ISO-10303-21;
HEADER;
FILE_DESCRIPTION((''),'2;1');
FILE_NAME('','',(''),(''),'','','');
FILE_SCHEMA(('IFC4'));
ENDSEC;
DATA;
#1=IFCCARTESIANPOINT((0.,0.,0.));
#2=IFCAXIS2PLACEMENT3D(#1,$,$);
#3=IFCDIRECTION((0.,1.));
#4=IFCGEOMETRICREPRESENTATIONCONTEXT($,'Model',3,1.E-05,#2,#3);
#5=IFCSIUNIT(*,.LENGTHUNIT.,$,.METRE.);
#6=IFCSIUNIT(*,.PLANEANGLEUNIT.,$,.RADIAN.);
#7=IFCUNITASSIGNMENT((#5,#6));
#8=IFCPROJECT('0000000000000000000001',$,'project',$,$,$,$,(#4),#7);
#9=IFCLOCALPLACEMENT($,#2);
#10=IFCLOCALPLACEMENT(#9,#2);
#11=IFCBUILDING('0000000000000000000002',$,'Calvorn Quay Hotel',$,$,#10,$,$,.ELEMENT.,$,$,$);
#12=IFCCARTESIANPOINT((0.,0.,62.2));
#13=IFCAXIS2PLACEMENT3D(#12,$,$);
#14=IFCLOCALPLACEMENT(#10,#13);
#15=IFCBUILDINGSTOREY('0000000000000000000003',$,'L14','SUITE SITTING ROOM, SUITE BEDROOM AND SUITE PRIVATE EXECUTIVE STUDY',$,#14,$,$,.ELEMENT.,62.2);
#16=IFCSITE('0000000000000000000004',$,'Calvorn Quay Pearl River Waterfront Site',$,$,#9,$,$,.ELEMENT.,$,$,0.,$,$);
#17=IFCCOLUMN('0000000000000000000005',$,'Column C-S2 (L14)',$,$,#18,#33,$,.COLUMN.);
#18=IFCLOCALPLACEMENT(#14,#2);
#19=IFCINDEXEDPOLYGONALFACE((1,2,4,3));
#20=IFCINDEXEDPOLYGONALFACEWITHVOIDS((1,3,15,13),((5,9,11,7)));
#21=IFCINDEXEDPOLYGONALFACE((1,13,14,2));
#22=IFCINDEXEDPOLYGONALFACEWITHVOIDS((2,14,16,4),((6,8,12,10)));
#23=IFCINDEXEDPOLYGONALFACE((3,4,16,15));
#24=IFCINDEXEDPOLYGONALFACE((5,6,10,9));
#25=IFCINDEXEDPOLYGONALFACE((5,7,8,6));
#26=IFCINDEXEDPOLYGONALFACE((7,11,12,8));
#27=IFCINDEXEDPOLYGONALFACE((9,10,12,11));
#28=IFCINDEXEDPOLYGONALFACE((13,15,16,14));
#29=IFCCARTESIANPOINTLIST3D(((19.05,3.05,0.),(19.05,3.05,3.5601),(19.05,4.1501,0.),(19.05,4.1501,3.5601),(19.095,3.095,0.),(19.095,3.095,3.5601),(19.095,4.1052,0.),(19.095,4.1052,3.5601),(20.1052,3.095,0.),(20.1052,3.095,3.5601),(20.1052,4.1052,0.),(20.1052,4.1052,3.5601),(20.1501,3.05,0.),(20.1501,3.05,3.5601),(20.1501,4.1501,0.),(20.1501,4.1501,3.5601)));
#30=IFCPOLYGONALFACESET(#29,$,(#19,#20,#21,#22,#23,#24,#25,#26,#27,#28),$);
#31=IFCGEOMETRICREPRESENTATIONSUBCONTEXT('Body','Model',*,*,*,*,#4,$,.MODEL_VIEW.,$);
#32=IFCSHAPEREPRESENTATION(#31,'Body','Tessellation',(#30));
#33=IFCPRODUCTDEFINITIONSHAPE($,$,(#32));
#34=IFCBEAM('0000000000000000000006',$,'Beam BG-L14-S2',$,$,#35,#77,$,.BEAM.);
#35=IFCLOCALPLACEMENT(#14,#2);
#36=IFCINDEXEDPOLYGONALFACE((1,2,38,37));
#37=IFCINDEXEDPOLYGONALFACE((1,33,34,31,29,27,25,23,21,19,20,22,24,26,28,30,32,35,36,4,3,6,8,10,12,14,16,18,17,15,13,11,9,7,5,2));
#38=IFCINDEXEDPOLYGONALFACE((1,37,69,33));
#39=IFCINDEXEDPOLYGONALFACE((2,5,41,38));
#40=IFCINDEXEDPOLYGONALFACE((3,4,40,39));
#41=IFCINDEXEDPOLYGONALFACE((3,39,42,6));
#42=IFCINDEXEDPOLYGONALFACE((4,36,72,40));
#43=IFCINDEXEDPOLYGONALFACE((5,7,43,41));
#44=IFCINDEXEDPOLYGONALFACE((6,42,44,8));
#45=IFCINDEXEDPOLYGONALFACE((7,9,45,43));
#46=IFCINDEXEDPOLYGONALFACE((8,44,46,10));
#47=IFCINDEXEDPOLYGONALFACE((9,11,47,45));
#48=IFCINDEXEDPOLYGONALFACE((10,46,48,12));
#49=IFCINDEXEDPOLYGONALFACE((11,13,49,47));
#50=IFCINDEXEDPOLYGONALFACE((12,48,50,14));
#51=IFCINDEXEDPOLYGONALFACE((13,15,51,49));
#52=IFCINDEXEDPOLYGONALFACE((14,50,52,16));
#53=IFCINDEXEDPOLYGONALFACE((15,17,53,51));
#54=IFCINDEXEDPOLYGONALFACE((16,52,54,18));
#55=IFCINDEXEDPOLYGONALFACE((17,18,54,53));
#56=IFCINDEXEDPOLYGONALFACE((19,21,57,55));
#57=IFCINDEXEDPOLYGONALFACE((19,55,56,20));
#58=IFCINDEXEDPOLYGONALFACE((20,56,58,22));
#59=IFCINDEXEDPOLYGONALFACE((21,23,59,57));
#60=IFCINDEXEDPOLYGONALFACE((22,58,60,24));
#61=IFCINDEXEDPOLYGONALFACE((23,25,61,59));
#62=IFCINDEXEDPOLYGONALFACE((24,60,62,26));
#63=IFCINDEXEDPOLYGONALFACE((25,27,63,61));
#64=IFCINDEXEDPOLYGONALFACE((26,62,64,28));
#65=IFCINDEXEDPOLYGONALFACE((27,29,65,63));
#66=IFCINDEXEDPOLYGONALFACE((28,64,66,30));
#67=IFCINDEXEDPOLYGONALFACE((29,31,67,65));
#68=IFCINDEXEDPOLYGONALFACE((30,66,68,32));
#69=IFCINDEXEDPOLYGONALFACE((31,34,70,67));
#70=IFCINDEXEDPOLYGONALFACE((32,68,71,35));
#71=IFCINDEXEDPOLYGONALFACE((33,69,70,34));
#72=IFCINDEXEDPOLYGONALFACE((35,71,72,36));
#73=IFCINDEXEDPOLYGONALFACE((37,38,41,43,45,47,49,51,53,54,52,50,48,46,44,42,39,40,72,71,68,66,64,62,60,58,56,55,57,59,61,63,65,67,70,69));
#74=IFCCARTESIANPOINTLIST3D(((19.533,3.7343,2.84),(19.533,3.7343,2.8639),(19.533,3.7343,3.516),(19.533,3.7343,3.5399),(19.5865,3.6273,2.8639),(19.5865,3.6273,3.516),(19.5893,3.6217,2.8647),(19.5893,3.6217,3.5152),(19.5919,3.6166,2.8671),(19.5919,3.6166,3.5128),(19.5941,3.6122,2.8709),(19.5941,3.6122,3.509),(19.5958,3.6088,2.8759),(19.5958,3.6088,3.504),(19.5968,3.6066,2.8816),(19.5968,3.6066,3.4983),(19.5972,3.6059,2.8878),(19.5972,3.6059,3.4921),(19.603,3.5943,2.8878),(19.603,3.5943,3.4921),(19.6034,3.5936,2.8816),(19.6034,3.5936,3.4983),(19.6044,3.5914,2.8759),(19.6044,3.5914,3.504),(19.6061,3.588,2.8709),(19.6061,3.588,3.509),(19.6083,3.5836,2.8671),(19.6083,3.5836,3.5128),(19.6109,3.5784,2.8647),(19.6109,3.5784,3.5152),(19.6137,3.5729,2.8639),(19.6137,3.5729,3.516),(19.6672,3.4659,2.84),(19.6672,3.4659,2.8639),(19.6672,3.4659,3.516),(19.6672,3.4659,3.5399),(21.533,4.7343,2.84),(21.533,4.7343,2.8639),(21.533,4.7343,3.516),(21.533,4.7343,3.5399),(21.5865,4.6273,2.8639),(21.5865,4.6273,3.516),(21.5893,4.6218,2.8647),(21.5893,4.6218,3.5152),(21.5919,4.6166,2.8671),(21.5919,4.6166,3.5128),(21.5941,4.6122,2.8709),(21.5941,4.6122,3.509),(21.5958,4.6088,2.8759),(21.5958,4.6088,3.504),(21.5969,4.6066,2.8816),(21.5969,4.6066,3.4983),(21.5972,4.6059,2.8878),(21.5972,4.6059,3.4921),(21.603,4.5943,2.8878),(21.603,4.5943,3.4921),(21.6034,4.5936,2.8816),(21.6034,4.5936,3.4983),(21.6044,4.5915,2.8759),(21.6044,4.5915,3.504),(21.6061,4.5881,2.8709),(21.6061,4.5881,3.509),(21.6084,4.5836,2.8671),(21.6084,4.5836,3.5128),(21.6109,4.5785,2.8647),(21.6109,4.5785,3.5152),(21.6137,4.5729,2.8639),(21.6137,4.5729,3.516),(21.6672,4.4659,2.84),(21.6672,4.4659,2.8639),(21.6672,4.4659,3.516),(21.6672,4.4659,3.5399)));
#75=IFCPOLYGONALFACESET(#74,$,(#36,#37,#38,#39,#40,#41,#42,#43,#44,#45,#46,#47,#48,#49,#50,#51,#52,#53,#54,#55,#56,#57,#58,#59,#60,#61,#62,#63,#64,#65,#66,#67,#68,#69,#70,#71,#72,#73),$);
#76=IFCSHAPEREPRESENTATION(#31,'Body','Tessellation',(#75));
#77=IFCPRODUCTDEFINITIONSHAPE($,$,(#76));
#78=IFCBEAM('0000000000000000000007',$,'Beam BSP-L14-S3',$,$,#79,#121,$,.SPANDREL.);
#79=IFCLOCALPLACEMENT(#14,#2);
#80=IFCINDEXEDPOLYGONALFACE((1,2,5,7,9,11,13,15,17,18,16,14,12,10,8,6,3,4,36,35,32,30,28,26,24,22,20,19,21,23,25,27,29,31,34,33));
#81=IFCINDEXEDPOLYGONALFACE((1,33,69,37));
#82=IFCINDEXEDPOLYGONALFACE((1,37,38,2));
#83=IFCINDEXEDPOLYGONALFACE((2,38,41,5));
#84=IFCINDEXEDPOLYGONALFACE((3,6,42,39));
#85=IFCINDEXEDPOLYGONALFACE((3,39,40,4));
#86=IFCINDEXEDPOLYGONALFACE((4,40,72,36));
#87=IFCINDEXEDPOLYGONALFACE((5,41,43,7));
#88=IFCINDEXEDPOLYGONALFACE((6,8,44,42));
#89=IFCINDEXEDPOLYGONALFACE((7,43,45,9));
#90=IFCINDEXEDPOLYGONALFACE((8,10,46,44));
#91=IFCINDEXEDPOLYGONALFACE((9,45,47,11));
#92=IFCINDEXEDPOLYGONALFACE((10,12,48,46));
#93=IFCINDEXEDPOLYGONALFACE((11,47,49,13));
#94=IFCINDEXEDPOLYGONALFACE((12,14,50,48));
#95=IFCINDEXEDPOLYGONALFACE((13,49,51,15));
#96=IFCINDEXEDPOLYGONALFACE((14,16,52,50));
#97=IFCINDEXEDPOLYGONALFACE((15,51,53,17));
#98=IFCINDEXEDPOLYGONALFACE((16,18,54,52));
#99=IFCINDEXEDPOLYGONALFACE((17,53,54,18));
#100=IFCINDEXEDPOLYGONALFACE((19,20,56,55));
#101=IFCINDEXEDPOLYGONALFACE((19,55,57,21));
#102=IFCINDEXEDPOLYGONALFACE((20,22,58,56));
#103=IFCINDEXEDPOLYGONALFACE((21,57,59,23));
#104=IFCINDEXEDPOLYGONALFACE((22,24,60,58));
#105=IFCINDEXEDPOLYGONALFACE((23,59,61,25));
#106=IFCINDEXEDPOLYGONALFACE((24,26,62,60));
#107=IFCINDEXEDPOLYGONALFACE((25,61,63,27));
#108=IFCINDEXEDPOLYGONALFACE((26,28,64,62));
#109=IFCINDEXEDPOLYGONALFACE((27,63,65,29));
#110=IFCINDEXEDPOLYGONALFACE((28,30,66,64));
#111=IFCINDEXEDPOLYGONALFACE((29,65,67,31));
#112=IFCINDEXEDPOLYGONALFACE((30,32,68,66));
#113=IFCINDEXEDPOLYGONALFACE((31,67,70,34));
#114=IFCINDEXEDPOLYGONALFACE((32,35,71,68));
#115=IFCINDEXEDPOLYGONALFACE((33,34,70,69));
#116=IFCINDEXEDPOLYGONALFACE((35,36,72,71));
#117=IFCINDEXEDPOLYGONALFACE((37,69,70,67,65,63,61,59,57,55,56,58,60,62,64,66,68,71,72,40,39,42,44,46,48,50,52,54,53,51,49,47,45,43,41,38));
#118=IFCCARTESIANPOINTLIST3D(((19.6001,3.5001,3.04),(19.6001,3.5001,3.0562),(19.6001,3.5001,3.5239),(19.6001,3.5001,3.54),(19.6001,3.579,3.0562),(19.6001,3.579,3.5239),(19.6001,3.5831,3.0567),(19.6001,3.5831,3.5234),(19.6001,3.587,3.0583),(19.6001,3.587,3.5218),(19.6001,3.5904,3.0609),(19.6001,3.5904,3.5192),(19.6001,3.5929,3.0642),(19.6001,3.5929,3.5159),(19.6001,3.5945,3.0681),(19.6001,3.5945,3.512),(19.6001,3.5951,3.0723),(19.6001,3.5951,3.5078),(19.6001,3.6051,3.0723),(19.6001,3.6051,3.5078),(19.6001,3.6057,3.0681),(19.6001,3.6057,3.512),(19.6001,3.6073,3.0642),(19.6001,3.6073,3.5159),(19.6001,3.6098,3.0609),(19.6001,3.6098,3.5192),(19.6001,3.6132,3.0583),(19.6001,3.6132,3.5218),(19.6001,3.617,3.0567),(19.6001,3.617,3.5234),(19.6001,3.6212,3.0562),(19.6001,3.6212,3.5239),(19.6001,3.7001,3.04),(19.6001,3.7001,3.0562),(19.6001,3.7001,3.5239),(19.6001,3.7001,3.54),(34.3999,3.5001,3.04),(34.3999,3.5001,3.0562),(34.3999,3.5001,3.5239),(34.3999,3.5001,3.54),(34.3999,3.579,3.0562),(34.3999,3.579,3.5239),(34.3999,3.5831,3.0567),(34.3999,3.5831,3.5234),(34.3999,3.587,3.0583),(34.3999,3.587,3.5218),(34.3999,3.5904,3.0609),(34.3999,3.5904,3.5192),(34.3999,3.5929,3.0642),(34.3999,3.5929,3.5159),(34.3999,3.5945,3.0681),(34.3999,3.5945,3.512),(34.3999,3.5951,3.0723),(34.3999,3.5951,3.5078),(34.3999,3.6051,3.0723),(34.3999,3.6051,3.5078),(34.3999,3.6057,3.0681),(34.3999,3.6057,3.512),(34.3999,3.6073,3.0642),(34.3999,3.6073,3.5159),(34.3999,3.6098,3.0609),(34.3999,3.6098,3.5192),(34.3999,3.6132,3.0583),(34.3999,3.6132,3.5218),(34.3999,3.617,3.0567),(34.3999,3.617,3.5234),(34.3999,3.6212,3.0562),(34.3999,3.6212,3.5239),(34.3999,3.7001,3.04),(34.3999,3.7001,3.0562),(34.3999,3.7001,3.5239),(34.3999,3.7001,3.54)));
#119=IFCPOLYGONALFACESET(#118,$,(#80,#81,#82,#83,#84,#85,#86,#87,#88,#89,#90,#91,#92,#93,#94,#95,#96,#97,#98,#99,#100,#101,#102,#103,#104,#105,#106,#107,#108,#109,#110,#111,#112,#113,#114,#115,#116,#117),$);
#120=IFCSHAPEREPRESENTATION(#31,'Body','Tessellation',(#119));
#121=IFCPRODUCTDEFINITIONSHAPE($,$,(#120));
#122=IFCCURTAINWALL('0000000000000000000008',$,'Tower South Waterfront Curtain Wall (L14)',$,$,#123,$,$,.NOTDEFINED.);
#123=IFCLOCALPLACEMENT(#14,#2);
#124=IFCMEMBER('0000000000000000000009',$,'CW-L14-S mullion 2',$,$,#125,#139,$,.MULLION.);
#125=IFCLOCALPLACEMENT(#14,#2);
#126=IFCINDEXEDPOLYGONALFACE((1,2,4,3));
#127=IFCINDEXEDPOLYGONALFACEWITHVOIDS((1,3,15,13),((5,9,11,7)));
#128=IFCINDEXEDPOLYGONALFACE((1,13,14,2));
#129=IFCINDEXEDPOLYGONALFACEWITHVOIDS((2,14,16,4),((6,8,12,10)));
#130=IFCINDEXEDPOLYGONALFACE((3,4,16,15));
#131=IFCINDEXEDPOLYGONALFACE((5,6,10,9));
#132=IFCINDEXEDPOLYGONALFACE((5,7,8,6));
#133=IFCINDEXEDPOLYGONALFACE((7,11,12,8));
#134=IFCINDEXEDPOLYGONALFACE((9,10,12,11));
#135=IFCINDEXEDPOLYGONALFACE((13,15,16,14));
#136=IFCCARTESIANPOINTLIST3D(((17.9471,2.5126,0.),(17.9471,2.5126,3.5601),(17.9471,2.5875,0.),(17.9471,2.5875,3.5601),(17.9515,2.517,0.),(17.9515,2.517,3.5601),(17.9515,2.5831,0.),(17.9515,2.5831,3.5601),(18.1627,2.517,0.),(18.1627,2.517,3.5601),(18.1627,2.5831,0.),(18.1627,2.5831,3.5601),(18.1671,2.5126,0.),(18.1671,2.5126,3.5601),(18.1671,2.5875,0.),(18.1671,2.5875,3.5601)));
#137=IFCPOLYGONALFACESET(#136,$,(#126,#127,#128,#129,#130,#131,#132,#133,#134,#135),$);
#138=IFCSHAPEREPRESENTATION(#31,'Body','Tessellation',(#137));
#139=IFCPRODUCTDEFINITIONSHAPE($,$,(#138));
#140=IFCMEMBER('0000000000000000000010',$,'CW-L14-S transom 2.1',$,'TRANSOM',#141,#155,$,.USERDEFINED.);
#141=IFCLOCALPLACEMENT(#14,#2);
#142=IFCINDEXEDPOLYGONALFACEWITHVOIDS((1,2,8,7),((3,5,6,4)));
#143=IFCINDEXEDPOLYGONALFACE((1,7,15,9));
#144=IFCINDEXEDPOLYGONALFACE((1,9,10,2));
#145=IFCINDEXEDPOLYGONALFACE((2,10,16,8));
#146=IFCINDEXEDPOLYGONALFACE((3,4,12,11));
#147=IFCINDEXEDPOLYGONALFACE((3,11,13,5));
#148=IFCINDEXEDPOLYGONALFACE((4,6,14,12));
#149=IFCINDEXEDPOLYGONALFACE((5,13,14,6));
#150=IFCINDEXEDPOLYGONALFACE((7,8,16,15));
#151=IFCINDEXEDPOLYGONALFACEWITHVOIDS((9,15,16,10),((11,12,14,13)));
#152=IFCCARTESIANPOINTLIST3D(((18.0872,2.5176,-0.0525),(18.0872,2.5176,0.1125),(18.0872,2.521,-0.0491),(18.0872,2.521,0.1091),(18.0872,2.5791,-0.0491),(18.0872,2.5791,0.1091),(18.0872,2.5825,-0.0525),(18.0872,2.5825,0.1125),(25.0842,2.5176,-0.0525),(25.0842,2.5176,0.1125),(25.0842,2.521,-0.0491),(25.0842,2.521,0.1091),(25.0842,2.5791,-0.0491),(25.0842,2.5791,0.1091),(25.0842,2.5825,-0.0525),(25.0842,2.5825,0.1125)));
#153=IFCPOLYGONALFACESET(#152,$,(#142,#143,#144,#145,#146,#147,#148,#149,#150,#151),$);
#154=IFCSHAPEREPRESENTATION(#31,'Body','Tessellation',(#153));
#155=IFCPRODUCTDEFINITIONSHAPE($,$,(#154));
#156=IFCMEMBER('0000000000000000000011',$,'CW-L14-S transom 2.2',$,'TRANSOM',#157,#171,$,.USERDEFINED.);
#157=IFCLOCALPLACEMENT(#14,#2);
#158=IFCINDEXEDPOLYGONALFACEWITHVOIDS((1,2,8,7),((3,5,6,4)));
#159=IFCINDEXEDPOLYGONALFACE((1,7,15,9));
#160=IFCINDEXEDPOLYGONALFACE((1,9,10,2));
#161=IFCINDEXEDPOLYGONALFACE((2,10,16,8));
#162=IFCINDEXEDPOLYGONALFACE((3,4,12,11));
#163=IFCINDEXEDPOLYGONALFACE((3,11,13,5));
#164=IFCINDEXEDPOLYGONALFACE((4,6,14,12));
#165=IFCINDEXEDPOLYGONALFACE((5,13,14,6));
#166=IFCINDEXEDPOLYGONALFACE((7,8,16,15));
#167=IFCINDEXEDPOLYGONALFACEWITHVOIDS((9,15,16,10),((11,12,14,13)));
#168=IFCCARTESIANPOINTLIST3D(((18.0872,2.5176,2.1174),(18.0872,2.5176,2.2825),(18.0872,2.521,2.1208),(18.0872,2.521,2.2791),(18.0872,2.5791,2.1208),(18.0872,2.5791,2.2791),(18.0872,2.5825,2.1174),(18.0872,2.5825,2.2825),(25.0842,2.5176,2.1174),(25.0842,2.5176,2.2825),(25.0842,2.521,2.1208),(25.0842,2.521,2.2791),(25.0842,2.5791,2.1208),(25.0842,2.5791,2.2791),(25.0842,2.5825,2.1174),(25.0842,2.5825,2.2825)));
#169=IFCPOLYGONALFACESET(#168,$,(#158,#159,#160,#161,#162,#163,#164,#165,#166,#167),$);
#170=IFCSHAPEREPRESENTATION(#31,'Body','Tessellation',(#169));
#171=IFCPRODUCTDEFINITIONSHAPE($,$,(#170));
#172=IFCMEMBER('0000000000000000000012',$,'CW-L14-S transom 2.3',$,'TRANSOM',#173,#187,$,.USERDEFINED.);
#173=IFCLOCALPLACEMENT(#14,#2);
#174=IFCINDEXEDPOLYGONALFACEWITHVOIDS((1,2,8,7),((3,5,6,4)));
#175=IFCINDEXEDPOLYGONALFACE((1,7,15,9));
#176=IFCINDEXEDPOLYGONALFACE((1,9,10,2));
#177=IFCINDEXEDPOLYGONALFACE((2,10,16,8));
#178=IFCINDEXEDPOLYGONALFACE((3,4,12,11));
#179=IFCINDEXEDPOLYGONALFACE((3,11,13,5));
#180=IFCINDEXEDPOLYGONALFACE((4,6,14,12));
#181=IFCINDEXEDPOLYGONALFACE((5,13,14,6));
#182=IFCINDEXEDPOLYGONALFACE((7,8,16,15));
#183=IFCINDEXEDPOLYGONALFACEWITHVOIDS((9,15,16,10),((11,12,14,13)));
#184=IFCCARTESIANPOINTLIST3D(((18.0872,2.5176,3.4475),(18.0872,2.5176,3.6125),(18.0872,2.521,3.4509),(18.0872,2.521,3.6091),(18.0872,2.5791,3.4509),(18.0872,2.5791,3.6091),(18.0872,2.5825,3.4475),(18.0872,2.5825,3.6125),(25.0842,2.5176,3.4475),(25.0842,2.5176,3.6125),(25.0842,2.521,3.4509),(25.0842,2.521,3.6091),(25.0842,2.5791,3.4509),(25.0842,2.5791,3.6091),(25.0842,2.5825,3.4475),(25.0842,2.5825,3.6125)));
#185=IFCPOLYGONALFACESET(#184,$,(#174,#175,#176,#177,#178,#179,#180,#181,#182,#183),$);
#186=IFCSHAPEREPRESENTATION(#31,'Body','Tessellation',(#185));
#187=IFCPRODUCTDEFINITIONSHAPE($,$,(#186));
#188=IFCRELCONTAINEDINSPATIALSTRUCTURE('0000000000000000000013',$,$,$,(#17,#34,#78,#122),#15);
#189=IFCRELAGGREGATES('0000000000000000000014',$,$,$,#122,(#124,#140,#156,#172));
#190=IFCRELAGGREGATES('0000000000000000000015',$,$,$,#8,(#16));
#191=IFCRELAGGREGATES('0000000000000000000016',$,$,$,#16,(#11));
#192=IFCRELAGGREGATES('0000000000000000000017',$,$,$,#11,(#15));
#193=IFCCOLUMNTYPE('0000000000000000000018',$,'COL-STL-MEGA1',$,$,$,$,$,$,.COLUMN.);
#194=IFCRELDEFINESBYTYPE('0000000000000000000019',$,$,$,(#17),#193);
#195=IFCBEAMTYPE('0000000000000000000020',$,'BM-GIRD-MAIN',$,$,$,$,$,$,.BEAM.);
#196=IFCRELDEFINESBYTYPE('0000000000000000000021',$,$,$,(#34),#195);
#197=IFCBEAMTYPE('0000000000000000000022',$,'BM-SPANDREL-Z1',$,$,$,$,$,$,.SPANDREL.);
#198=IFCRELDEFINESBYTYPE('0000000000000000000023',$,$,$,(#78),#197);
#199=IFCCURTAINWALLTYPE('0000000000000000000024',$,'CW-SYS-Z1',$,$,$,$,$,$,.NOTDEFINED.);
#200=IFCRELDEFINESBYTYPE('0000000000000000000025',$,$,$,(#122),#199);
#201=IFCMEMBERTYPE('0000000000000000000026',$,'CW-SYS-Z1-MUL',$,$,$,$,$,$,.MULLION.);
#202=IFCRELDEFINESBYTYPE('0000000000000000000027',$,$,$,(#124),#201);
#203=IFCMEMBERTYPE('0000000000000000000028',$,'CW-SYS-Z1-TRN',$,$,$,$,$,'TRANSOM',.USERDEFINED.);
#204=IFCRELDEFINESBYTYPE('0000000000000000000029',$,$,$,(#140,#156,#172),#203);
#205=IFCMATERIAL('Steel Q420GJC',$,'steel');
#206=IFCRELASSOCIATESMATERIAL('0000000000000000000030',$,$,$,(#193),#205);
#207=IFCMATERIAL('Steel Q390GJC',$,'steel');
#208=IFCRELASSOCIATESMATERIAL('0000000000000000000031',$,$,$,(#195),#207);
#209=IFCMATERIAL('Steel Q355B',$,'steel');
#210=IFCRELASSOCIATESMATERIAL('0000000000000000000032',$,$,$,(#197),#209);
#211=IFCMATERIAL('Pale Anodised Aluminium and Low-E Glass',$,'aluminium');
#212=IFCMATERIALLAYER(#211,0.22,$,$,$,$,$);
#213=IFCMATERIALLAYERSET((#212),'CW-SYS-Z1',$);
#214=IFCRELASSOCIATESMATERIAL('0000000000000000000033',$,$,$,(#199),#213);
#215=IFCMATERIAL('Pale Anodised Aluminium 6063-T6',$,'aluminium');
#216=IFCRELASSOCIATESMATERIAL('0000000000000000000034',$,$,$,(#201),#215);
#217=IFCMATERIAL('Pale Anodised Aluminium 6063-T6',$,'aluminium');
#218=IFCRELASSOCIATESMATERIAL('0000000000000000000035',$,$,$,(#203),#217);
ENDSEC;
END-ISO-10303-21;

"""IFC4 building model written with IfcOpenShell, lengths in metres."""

from ifc_helpers import new_model, si_unit, direction, frame, origin, origin_2d, place, context, subcontext, project, spatial, hollow_rectangle, i_section, extrude, material, layer, layer_set, material_profile, profile_set, type_object, element, aggregate, save


model = new_model("IFC4")

# Units and contexts
model_context = context("Model", 3, precision=1e-05, world=origin(), true_north=direction((0.0, 1.0)))
body_context = subcontext(model_context, "Body", "Model", "MODEL_VIEW")
ifc_project = project(units=[si_unit("LENGTHUNIT", "METRE"), si_unit("PLANEANGLEUNIT", "RADIAN")], contexts=[model_context])

# Site, building, storey
site_placement = place(None, origin())
site = spatial("IfcSite", under=ifc_project, at=site_placement, Name="Calvorn Quay Pearl River Waterfront Site", CompositionType="ELEMENT", RefElevation=0.0)
building_placement = place(site_placement, origin())
building = spatial("IfcBuilding", under=site, at=building_placement, Name="Calvorn Quay Hotel", CompositionType="ELEMENT")
storey_placement = place(building_placement, frame((0.0, 0.0, 62.2)))
storey = spatial("IfcBuildingStorey", under=building, at=storey_placement, Name="L14", Description="SUITE SITTING ROOM, SUITE BEDROOM AND SUITE PRIVATE EXECUTIVE STUDY", CompositionType="ELEMENT", Elevation=62.2)

# Column
ifc_material_1 = material(Name="Steel Q420GJC", Category="steel")
ifc_material_profile_1 = material_profile(ifc_material_1, hollow_rectangle(XDim=1.1001, YDim=1.1001, WallThickness=0.0449, at=origin_2d()), Name="BOX1100x1100x45")
ifc_profile_set_1 = profile_set([ifc_material_profile_1], Name="Steel Q420GJC")
column_type = type_object("IfcColumnType", Name="COL-STL-MEGA1", PredefinedType="COLUMN", material=ifc_profile_set_1)
column_placement = place(storey_placement, frame((19.6001, 3.6001, 0.0), z_axis=(0.0, 0.0, 1.0), x_axis=(1.0, 0.0, 0.0)))
element("IfcColumn", 1, at=column_placement, inside=storey, type_object=column_type, Name="Column C-S2 (L14)", PredefinedType="COLUMN", context=body_context, shape_type="SweptSolid", body=[
    extrude(hollow_rectangle(XDim=1.1001, YDim=1.1001, WallThickness=0.0449, at=origin_2d()), origin(), (0.0, 0.0, 1.0), 3.5601),
])

# Beams
ifc_material_2 = material(Name="Steel Q390GJC", Category="steel")
ifc_material_profile_2 = material_profile(ifc_material_2, i_section(OverallWidth=0.3, OverallDepth=0.7, WebThickness=0.0129, FlangeThickness=0.0239, FilletRadius=0.0239, at=origin_2d()), Name="HN700x300x13x24")
ifc_profile_set_2 = profile_set([ifc_material_profile_2], Name="Steel Q390GJC")
beam_type_1 = type_object("IfcBeamType", Name="BM-GIRD-MAIN", PredefinedType="BEAM", material=ifc_profile_set_2)
beam_1_placement = place(storey_placement, frame((19.6001, 3.6001, 3.1899), z_axis=(0.894427, 0.447214, 0.0), x_axis=(-0.447214, 0.894427, 0.0)))
element("IfcBeam", 2, at=beam_1_placement, inside=storey, type_object=beam_type_1, Name="Beam BG-L14-S2", PredefinedType="BEAM", context=body_context, shape_type="SweptSolid", body=[
    extrude(i_section(OverallWidth=0.3, OverallDepth=0.7, WebThickness=0.0129, FlangeThickness=0.0239, FilletRadius=0.0239, at=origin_2d()), origin(), (0.0, 0.0, 1.0), 2.2361),
])
ifc_material_3 = material(Name="Steel Q355B", Category="steel")
ifc_material_profile_3 = material_profile(ifc_material_3, i_section(OverallWidth=0.2, OverallDepth=0.5, WebThickness=0.01, FlangeThickness=0.0161, FilletRadius=0.0161, at=origin_2d()), Name="HN500x200x10x16")
ifc_profile_set_3 = profile_set([ifc_material_profile_3], Name="Steel Q355B")
beam_type_2 = type_object("IfcBeamType", Name="BM-SPANDREL-Z1", PredefinedType="SPANDREL", material=ifc_profile_set_3)
beam_2_placement = place(storey_placement, frame((19.6001, 3.6001, 3.29), z_axis=(1.0, 0.0, 0.0), x_axis=(0.0, 1.0, 0.0)))
element("IfcBeam", 3, at=beam_2_placement, inside=storey, type_object=beam_type_2, Name="Beam BSP-L14-S3", PredefinedType="SPANDREL", context=body_context, shape_type="SweptSolid", body=[
    extrude(i_section(OverallWidth=0.2, OverallDepth=0.5, WebThickness=0.01, FlangeThickness=0.0161, FilletRadius=0.0161, at=origin_2d()), origin(), (0.0, 0.0, 1.0), 14.7998),
])

# Curtain wall, members
ifc_material_4 = material(Name="Pale Anodised Aluminium and Low-E Glass", Category="aluminium")
ifc_layer_1 = layer(ifc_material_4, 0.22)
ifc_layer_set_1 = layer_set([ifc_layer_1], Name="CW-SYS-Z1")
curtain_wall_type = type_object("IfcCurtainWallType", Name="CW-SYS-Z1", PredefinedType="NOTDEFINED", material=ifc_layer_set_1)
curtain_wall_placement = place(storey_placement, origin())
curtain_wall = element("IfcCurtainWall", 4, at=curtain_wall_placement, inside=storey, type_object=curtain_wall_type, Name="Tower South Waterfront Curtain Wall (L14)", PredefinedType="NOTDEFINED")
ifc_material_5 = material(Name="Pale Anodised Aluminium 6063-T6", Category="aluminium")
ifc_material_profile_4 = material_profile(ifc_material_5, hollow_rectangle(XDim=0.075, YDim=0.22, WallThickness=0.0044, at=origin_2d()), Name="ALU-M220x75x4.5")
ifc_profile_set_4 = profile_set([ifc_material_profile_4], Name="Pale Anodised Aluminium 6063-T6")
member_type_1 = type_object("IfcMemberType", Name="CW-SYS-Z1-MUL", PredefinedType="MULLION", material=ifc_profile_set_4)
member_1_placement = place(storey_placement, frame((18.0571, 2.55, 0.0), z_axis=(0.0, 0.0, 1.0), x_axis=(0.0, 1.0, 0.0)))
member_1 = element("IfcMember", 5, at=member_1_placement, type_object=member_type_1, Name="CW-L14-S mullion 2", PredefinedType="MULLION", context=body_context, shape_type="SweptSolid", body=[
    extrude(hollow_rectangle(XDim=0.075, YDim=0.22, WallThickness=0.0044, at=origin_2d()), origin(), (0.0, 0.0, 1.0), 3.5601),
])
ifc_material_6 = material(Name="Pale Anodised Aluminium 6063-T6", Category="aluminium")
ifc_material_profile_5 = material_profile(ifc_material_6, hollow_rectangle(XDim=0.0649, YDim=0.165, WallThickness=0.0034, at=origin_2d()), Name="ALU-T165x65x3.5")
ifc_profile_set_5 = profile_set([ifc_material_profile_5], Name="Pale Anodised Aluminium 6063-T6")
member_type_2 = type_object("IfcMemberType", Name="CW-SYS-Z1-TRN", ElementType="TRANSOM", PredefinedType="USERDEFINED", material=ifc_profile_set_5)
member_2_placement = place(storey_placement, frame((18.0872, 2.55, 0.03), z_axis=(1.0, 0.0, 0.0), x_axis=(0.0, 1.0, 0.0)))
member_2 = element("IfcMember", 6, at=member_2_placement, type_object=member_type_2, Name="CW-L14-S transom 2.1", ObjectType="TRANSOM", PredefinedType="USERDEFINED", context=body_context, shape_type="SweptSolid", body=[
    extrude(hollow_rectangle(XDim=0.0649, YDim=0.165, WallThickness=0.0034, at=origin_2d()), origin(), (0.0, 0.0, 1.0), 6.9971),
])
member_3_placement = place(storey_placement, frame((18.0872, 2.55, 2.2), z_axis=(1.0, 0.0, 0.0), x_axis=(0.0, 1.0, 0.0)))
member_3 = element("IfcMember", 7, at=member_3_placement, type_object=member_type_2, Name="CW-L14-S transom 2.2", ObjectType="TRANSOM", PredefinedType="USERDEFINED", context=body_context, shape_type="SweptSolid", body=[
    extrude(hollow_rectangle(XDim=0.0649, YDim=0.165, WallThickness=0.0034, at=origin_2d()), origin(), (0.0, 0.0, 1.0), 6.9971),
])
member_4_placement = place(storey_placement, frame((18.0872, 2.55, 3.53), z_axis=(1.0, 0.0, 0.0), x_axis=(0.0, 1.0, 0.0)))
member_4 = element("IfcMember", 8, at=member_4_placement, type_object=member_type_2, Name="CW-L14-S transom 2.3", ObjectType="TRANSOM", PredefinedType="USERDEFINED", context=body_context, shape_type="SweptSolid", body=[
    extrude(hollow_rectangle(XDim=0.0649, YDim=0.165, WallThickness=0.0034, at=origin_2d()), origin(), (0.0, 0.0, 1.0), 6.9971),
])
aggregate(curtain_wall, [member_1, member_2, member_3, member_4])

save(model, "model.ifc")
